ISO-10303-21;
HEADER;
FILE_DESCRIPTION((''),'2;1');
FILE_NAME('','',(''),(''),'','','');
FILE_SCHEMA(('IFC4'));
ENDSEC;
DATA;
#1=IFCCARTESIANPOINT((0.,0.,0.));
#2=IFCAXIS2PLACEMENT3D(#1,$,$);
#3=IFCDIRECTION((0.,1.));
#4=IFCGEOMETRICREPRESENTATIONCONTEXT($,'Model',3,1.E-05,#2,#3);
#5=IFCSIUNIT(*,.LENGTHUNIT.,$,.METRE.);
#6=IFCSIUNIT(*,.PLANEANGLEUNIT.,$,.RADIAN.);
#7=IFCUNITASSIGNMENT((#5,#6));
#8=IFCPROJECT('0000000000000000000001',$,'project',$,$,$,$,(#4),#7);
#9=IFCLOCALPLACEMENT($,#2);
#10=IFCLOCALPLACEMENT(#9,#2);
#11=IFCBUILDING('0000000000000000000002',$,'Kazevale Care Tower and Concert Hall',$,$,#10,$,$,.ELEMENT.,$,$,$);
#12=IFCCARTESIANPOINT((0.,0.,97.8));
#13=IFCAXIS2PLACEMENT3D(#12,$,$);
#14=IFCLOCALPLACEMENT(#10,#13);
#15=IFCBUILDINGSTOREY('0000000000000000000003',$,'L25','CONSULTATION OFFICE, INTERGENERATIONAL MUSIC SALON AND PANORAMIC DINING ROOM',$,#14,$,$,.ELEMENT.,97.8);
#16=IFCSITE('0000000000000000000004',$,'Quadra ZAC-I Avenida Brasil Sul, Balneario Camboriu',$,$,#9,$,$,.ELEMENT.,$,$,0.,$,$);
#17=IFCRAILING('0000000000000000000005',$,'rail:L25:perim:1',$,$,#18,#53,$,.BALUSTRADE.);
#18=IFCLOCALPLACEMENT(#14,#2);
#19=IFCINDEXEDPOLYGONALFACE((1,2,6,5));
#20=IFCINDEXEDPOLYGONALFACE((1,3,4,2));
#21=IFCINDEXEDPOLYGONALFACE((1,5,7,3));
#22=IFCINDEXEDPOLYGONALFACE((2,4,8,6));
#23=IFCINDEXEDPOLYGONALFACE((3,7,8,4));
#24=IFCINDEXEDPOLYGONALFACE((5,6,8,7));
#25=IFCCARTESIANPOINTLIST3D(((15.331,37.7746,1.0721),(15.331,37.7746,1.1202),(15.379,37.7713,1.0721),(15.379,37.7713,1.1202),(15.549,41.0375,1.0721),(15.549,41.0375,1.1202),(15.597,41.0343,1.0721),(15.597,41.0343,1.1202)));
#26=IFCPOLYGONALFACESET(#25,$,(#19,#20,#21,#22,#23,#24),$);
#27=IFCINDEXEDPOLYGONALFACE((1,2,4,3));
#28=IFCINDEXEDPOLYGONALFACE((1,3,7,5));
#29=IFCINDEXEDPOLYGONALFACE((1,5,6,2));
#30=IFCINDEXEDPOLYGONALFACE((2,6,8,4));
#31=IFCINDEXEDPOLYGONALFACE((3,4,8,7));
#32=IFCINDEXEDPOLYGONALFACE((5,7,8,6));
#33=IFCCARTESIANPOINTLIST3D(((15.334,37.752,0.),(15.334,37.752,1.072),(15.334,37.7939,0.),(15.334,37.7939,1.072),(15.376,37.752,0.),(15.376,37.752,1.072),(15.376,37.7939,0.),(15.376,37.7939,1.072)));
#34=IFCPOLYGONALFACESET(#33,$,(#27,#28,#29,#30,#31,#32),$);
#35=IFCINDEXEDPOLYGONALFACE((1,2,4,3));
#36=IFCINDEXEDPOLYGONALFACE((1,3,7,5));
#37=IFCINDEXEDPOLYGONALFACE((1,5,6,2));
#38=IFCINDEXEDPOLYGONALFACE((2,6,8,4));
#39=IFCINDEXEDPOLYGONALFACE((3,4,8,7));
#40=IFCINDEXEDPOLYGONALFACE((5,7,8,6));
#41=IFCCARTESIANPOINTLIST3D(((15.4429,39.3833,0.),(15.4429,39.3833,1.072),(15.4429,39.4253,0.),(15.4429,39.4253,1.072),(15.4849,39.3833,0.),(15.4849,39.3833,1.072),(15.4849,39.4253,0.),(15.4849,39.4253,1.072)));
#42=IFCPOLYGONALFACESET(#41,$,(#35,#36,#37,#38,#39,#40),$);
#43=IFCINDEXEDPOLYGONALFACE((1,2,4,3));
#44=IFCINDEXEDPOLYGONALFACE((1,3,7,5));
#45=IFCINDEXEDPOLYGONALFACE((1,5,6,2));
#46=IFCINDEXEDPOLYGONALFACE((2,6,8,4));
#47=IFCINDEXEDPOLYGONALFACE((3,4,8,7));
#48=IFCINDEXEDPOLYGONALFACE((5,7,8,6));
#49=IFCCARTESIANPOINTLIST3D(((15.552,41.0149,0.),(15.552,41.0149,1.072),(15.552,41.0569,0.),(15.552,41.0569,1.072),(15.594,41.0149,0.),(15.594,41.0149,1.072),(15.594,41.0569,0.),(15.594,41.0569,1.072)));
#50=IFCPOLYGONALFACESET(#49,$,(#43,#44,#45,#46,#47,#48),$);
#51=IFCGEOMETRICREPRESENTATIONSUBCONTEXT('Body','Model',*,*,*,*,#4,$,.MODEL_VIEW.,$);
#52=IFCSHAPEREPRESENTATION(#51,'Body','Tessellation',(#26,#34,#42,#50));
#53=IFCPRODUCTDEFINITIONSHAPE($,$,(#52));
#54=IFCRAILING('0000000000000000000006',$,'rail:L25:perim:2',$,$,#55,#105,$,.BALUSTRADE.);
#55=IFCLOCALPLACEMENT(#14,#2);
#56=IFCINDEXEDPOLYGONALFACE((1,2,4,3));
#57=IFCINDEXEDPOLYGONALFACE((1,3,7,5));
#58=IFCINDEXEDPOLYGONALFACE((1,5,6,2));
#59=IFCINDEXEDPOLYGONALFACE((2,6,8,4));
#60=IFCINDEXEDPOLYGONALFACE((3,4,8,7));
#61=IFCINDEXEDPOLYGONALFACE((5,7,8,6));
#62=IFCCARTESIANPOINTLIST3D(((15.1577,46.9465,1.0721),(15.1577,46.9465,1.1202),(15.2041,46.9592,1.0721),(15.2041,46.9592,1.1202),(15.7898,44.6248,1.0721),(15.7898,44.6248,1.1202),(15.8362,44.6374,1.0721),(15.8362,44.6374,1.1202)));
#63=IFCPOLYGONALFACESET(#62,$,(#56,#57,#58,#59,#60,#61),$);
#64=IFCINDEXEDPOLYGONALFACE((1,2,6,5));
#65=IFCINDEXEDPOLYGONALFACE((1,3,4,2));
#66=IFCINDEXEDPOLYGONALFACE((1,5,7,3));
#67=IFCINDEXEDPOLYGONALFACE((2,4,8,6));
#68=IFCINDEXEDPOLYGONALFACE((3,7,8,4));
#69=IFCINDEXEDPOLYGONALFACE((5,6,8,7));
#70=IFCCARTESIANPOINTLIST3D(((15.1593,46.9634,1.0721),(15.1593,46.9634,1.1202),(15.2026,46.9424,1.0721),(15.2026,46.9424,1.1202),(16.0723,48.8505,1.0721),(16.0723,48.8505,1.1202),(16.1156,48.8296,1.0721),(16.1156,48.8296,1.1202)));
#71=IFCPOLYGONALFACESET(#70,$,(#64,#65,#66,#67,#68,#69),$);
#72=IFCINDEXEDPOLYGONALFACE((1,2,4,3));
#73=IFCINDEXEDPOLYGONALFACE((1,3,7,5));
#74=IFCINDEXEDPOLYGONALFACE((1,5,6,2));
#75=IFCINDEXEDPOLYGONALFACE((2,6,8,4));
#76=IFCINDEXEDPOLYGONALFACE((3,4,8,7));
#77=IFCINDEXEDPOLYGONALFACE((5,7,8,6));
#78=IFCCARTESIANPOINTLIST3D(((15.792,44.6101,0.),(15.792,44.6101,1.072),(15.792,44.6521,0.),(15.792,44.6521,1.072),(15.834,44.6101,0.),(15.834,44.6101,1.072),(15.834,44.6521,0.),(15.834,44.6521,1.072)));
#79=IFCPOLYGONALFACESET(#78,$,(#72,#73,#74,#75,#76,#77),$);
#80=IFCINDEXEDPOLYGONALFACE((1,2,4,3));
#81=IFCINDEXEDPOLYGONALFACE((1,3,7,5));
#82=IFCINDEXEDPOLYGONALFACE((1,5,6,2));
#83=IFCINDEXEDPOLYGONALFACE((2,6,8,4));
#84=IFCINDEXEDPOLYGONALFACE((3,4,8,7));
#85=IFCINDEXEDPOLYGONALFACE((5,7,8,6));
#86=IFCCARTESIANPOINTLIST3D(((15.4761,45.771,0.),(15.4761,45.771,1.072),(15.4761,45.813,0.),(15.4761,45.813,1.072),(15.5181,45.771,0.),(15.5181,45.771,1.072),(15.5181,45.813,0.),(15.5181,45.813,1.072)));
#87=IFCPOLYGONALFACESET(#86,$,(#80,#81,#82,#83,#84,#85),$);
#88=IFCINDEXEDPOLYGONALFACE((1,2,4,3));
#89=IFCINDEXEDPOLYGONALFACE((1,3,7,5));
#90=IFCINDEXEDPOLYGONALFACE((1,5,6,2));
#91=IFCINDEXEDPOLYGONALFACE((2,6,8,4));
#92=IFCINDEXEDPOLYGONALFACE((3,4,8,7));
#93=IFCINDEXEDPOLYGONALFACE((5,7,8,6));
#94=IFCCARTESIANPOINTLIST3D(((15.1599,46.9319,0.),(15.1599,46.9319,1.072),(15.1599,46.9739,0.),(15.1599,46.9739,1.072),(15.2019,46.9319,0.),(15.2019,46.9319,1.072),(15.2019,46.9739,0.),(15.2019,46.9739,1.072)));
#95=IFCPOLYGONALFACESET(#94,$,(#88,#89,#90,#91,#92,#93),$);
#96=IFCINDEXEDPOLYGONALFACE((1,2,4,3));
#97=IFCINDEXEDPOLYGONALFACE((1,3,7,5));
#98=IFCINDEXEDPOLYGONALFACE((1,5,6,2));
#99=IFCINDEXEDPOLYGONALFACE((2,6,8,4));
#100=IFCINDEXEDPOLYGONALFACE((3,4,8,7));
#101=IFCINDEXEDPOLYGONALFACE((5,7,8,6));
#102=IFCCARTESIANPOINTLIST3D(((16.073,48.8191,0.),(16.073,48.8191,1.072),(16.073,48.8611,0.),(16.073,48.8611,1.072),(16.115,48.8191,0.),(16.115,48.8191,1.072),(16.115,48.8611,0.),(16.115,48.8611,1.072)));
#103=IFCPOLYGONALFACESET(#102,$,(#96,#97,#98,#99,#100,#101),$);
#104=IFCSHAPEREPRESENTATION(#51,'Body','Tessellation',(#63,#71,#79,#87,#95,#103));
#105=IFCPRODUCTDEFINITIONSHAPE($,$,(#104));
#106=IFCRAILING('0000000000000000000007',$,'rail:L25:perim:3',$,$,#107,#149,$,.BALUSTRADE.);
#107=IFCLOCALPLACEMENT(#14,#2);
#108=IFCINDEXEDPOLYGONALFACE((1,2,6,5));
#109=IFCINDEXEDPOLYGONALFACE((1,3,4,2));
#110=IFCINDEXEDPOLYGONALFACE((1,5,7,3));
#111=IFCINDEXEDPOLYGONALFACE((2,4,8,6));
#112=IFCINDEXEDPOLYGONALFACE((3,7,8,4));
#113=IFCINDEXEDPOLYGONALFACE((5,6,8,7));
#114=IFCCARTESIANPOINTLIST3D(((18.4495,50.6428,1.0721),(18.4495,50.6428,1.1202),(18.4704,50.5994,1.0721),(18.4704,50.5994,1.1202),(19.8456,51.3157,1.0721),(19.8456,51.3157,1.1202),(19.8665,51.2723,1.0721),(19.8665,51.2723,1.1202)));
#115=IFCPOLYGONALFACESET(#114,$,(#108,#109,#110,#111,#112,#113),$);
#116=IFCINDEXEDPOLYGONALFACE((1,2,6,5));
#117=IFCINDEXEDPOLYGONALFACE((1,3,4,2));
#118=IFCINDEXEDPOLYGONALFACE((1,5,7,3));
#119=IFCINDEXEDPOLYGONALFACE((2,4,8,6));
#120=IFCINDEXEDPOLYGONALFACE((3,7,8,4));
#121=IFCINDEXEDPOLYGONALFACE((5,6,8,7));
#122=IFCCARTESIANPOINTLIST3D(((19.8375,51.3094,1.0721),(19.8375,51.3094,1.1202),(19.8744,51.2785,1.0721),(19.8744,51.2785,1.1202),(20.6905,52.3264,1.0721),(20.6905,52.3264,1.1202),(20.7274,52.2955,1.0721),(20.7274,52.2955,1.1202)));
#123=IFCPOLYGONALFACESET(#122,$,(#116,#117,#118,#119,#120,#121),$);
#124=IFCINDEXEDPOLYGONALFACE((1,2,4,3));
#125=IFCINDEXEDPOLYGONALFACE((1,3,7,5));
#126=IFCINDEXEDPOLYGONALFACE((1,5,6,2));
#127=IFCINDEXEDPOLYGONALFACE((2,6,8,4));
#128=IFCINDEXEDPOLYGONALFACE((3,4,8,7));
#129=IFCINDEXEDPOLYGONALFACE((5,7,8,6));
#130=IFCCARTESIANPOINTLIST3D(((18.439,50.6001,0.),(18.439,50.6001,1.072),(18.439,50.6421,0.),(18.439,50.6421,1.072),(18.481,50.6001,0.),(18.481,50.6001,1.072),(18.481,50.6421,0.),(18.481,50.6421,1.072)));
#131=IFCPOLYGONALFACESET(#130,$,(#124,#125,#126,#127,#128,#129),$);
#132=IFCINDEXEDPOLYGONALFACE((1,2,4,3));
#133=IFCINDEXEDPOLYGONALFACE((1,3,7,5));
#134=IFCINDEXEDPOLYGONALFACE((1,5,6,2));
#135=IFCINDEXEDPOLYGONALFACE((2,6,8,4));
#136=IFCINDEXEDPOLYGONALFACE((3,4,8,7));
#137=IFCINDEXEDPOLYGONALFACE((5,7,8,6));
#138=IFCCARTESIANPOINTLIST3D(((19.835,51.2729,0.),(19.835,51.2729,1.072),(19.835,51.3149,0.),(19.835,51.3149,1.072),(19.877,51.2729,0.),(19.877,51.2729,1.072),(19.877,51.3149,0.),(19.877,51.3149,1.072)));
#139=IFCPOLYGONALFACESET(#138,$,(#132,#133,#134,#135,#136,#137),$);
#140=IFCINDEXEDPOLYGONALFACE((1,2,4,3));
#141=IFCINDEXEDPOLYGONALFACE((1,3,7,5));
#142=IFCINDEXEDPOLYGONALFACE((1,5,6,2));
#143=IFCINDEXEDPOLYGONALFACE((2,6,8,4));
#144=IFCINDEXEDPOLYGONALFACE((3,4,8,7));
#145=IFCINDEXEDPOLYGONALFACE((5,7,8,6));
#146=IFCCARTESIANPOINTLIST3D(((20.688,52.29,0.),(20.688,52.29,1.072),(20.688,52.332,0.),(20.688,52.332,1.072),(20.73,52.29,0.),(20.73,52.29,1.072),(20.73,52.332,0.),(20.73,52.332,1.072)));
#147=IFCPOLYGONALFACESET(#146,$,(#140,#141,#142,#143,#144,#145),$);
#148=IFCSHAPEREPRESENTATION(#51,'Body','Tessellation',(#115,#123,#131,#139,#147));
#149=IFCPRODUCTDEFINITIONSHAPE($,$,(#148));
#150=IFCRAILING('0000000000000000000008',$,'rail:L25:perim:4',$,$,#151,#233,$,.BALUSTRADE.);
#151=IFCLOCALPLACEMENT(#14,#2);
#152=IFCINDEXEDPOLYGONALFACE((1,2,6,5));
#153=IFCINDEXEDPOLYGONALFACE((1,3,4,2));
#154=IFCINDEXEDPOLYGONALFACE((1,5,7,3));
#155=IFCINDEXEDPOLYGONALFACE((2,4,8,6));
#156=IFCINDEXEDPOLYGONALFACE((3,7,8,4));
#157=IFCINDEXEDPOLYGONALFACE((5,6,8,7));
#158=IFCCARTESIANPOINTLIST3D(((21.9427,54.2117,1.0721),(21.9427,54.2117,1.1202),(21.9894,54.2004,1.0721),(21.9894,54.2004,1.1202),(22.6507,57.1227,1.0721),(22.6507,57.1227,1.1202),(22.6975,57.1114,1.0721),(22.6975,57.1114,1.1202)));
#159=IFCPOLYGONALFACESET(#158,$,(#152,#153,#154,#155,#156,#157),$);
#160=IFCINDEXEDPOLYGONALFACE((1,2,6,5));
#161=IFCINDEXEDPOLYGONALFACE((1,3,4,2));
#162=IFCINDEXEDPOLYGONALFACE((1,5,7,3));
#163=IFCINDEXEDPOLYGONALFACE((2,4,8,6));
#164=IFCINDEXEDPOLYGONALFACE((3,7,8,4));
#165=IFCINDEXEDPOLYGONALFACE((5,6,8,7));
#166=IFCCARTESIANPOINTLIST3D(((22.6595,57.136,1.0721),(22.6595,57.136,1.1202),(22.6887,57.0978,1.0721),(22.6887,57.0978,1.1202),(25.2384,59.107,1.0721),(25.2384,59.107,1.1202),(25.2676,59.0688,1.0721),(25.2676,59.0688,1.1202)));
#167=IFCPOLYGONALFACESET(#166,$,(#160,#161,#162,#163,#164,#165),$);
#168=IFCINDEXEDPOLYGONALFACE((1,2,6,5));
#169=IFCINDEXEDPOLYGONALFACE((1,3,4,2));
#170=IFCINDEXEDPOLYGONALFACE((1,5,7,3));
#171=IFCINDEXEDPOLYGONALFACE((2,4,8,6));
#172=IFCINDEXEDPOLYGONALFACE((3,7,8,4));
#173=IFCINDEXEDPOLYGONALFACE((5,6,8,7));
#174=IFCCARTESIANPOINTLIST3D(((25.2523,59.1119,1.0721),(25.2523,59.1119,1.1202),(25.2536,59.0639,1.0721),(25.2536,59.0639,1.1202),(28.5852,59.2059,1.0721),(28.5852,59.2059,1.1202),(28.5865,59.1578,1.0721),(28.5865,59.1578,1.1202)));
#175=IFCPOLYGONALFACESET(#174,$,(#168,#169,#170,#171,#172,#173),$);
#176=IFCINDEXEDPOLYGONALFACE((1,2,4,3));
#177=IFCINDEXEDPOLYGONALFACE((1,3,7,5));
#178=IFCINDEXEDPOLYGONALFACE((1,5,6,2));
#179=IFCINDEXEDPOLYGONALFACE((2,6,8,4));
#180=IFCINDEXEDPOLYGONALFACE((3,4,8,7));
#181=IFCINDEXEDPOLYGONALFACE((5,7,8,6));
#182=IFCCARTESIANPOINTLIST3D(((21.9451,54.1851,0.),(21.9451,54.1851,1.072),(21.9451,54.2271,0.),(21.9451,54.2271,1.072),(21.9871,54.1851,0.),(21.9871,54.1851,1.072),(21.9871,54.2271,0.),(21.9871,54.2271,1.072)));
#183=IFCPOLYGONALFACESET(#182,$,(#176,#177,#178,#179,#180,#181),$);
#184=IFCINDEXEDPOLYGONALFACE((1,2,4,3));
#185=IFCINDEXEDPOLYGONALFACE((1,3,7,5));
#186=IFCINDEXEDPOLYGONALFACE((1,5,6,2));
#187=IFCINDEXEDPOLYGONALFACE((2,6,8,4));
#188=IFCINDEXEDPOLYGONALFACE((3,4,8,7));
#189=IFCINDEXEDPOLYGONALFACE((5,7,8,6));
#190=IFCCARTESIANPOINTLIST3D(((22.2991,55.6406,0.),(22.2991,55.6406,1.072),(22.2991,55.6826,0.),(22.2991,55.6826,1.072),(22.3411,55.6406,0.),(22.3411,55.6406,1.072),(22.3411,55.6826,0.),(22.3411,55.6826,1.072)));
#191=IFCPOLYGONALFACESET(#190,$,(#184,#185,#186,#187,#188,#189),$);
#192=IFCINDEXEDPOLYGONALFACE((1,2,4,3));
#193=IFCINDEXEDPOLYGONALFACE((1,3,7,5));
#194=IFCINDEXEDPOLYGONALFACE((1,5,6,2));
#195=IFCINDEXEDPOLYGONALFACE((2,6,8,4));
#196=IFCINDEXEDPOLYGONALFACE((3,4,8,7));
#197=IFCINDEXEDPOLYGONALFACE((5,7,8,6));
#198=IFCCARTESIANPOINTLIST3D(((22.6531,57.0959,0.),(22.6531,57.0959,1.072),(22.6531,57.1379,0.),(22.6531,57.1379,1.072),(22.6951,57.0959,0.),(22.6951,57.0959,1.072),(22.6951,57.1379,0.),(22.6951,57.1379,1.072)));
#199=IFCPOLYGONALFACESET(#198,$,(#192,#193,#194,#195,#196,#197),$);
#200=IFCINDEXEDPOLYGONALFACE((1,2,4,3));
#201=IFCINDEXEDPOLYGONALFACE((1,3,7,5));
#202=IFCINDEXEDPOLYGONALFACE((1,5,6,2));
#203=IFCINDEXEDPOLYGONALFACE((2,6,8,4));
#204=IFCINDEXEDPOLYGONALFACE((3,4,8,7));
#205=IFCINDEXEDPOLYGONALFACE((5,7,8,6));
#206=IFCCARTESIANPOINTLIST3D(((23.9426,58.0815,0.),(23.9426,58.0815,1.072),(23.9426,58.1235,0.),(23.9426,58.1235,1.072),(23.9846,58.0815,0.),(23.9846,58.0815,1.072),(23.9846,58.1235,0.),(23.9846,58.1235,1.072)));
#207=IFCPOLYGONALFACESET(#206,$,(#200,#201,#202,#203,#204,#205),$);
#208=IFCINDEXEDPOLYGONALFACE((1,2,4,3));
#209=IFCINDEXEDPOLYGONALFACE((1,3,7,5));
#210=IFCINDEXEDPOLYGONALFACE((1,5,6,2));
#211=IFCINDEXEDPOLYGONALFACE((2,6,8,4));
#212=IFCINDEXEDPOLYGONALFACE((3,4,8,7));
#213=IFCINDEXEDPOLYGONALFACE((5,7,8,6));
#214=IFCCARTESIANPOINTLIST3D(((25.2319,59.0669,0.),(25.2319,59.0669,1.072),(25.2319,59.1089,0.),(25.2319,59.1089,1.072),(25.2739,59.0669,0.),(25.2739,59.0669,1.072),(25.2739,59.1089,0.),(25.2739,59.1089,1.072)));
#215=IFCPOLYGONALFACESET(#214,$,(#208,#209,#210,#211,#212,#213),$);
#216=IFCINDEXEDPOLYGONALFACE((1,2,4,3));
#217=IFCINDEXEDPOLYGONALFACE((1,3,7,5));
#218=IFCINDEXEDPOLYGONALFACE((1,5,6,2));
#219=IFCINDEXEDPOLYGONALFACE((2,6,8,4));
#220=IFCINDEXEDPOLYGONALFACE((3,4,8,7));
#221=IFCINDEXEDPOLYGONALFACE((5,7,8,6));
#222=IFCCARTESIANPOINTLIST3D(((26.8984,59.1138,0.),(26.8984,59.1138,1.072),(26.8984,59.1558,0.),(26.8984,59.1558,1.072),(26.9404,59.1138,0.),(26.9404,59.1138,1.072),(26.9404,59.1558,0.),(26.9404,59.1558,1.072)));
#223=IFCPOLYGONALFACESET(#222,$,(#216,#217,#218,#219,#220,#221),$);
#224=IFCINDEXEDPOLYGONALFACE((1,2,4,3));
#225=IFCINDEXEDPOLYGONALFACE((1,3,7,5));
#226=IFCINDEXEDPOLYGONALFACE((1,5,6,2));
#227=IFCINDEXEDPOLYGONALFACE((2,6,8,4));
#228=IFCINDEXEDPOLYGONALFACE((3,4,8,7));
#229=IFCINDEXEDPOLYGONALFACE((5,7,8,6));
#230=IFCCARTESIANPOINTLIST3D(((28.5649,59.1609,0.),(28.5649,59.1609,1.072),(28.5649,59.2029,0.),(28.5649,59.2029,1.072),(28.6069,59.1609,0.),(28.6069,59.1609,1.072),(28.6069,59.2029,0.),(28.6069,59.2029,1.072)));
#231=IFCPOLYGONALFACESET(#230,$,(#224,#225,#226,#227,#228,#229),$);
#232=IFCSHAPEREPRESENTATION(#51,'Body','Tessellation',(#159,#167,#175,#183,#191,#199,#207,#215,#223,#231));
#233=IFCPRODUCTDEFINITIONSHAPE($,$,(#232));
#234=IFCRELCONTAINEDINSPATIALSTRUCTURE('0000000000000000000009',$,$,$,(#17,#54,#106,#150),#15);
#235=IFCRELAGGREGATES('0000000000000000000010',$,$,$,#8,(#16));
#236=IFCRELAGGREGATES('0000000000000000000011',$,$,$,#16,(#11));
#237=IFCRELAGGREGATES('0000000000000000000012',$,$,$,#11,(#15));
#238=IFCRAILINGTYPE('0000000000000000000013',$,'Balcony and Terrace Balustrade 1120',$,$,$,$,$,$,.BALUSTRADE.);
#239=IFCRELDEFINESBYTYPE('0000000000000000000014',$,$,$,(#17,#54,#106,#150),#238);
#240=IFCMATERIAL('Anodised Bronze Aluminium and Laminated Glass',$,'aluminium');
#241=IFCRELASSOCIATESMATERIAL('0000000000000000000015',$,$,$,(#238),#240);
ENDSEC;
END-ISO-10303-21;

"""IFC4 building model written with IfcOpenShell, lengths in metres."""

from ifc_helpers import new_model, si_unit, direction, frame, origin, origin_2d, place, context, subcontext, project, spatial, rectangle, extrude, material, type_object, element, save


model = new_model("IFC4")

# Units and contexts
model_context = context("Model", 3, precision=1e-05, world=origin(), true_north=direction((0.0, 1.0)))
body_context = subcontext(model_context, "Body", "Model", "MODEL_VIEW")
ifc_project = project(units=[si_unit("LENGTHUNIT", "METRE"), si_unit("PLANEANGLEUNIT", "RADIAN")], contexts=[model_context])

# Site, building, storey
site_placement = place(None, origin())
site = spatial("IfcSite", under=ifc_project, at=site_placement, Name="Quadra ZAC-I Avenida Brasil Sul, Balneario Camboriu", CompositionType="ELEMENT", RefElevation=0.0)
building_placement = place(site_placement, origin())
building = spatial("IfcBuilding", under=site, at=building_placement, Name="Kazevale Care Tower and Concert Hall", CompositionType="ELEMENT")
storey_placement = place(building_placement, frame((0.0, 0.0, 97.8)))
storey = spatial("IfcBuildingStorey", under=building, at=storey_placement, Name="L25", Description="CONSULTATION OFFICE, INTERGENERATIONAL MUSIC SALON AND PANORAMIC DINING ROOM", CompositionType="ELEMENT", Elevation=97.8)

# Railings
ifc_material_1 = material(Name="Anodised Bronze Aluminium and Laminated Glass", Category="aluminium")
railing_type = type_object("IfcRailingType", Name="Balcony and Terrace Balustrade 1120", PredefinedType="BALUSTRADE", material=ifc_material_1)
railing_1_placement = place(storey_placement, frame((15.355, 37.7729, 0.0)))
element("IfcRailing", 1, at=railing_1_placement, inside=storey, type_object=railing_type, Name="rail:L25:perim:1", PredefinedType="BALUSTRADE", context=body_context, shape_type="SweptSolid", body=[
    extrude(rectangle(XDim=0.0481, YDim=0.0481, at=origin_2d()), frame((0.0, 0.0, 1.0962), z_axis=(0.066668, 0.997775, 0.0), x_axis=(-0.997775, 0.066668, 0.0)), (0.0, 0.0, 1.0), 3.2703),
    extrude(rectangle(XDim=0.042, YDim=0.042, at=origin_2d()), origin(), (0.0, 0.0, 1.0), 1.072),
    extrude(rectangle(XDim=0.042, YDim=0.042, at=origin_2d()), frame((0.1089, 1.6313, 0.0)), (0.0, 0.0, 1.0), 1.072),
    extrude(rectangle(XDim=0.042, YDim=0.042, at=origin_2d()), frame((0.218, 3.2629, 0.0)), (0.0, 0.0, 1.0), 1.072),
])
railing_2_placement = place(storey_placement, frame((15.813, 44.6311, 0.0)))
element("IfcRailing", 2, at=railing_2_placement, inside=storey, type_object=railing_type, Name="rail:L25:perim:2", PredefinedType="BALUSTRADE", context=body_context, shape_type="SweptSolid", body=[
    extrude(rectangle(XDim=0.0481, YDim=0.0481, at=origin_2d()), frame((0.0, 0.0, 1.0962), z_axis=(-0.26268, 0.964883, 0.0), x_axis=(-0.964883, -0.26268, 0.0)), (0.0, 0.0, 1.0), 2.4062),
    extrude(rectangle(XDim=0.0481, YDim=0.0481, at=origin_2d()), frame((-0.6321, 2.3218, 1.0962), z_axis=(0.43553, 0.900174, 0.0), x_axis=(-0.900174, 0.43553, 0.0)), (0.0, 0.0, 1.0), 2.0964),
    extrude(rectangle(XDim=0.042, YDim=0.042, at=origin_2d()), origin(), (0.0, 0.0, 1.0), 1.072),
    extrude(rectangle(XDim=0.042, YDim=0.042, at=origin_2d()), frame((-0.3159, 1.1609, 0.0)), (0.0, 0.0, 1.0), 1.072),
    extrude(rectangle(XDim=0.042, YDim=0.042, at=origin_2d()), frame((-0.6321, 2.3218, 0.0)), (0.0, 0.0, 1.0), 1.072),
    extrude(rectangle(XDim=0.042, YDim=0.042, at=origin_2d()), frame((0.281, 4.209, 0.0)), (0.0, 0.0, 1.0), 1.072),
])
railing_3_placement = place(storey_placement, frame((18.46, 50.6211, 0.0)))
element("IfcRailing", 3, at=railing_3_placement, inside=storey, type_object=railing_type, Name="rail:L25:perim:3", PredefinedType="BALUSTRADE", context=body_context, shape_type="SweptSolid", body=[
    extrude(rectangle(XDim=0.0481, YDim=0.0481, at=origin_2d()), frame((0.0, 0.0, 1.0962), z_axis=(0.900824, 0.434185, 0.0), x_axis=(-0.434185, 0.900824, 0.0)), (0.0, 0.0, 1.0), 1.5498),
    extrude(rectangle(XDim=0.0481, YDim=0.0481, at=origin_2d()), frame((1.396, 0.6729, 1.0962), z_axis=(0.642605, 0.766197, 0.0), x_axis=(-0.766197, 0.642605, 0.0)), (0.0, 0.0, 1.0), 1.3274),
    extrude(rectangle(XDim=0.042, YDim=0.042, at=origin_2d()), origin(), (0.0, 0.0, 1.0), 1.072),
    extrude(rectangle(XDim=0.042, YDim=0.042, at=origin_2d()), frame((1.396, 0.6729, 0.0)), (0.0, 0.0, 1.0), 1.072),
    extrude(rectangle(XDim=0.042, YDim=0.042, at=origin_2d()), frame((2.249, 1.6899, 0.0)), (0.0, 0.0, 1.0), 1.072),
])
railing_4_placement = place(storey_placement, frame((21.9661, 54.2061, 0.0)))
element("IfcRailing", 4, at=railing_4_placement, inside=storey, type_object=railing_type, Name="rail:L25:perim:4", PredefinedType="BALUSTRADE", context=body_context, shape_type="SweptSolid", body=[
    extrude(rectangle(XDim=0.0481, YDim=0.0481, at=origin_2d()), frame((0.0, 0.0, 1.0962), z_axis=(0.236337, 0.971671, 0.0), x_axis=(-0.971671, 0.236337, 0.0)), (0.0, 0.0, 1.0), 2.9958),
    extrude(rectangle(XDim=0.0481, YDim=0.0481, at=origin_2d()), frame((0.708, 2.9109, 1.0962), z_axis=(0.794524, 0.607232, 0.0), x_axis=(-0.607232, 0.794524, 0.0)), (0.0, 0.0, 1.0), 3.2458),
    extrude(rectangle(XDim=0.0481, YDim=0.0481, at=origin_2d()), frame((3.2869, 4.8818, 1.0962), z_axis=(0.999603, 0.02819, 0.0), x_axis=(-0.02819, 0.999603, 0.0)), (0.0, 0.0, 1.0), 3.3342),
    extrude(rectangle(XDim=0.042, YDim=0.042, at=origin_2d()), origin(), (0.0, 0.0, 1.0), 1.072),
    extrude(rectangle(XDim=0.042, YDim=0.042, at=origin_2d()), frame((0.354, 1.4556, 0.0)), (0.0, 0.0, 1.0), 1.072),
    extrude(rectangle(XDim=0.042, YDim=0.042, at=origin_2d()), frame((0.708, 2.9109, 0.0)), (0.0, 0.0, 1.0), 1.072),
    extrude(rectangle(XDim=0.042, YDim=0.042, at=origin_2d()), frame((1.9976, 3.8965, 0.0)), (0.0, 0.0, 1.0), 1.072),
    extrude(rectangle(XDim=0.042, YDim=0.042, at=origin_2d()), frame((3.2869, 4.8818, 0.0)), (0.0, 0.0, 1.0), 1.072),
    extrude(rectangle(XDim=0.042, YDim=0.042, at=origin_2d()), frame((4.9534, 4.9287, 0.0)), (0.0, 0.0, 1.0), 1.072),
    extrude(rectangle(XDim=0.042, YDim=0.042, at=origin_2d()), frame((6.6199, 4.9758, 0.0)), (0.0, 0.0, 1.0), 1.072),
])

save(model, "model.ifc")
